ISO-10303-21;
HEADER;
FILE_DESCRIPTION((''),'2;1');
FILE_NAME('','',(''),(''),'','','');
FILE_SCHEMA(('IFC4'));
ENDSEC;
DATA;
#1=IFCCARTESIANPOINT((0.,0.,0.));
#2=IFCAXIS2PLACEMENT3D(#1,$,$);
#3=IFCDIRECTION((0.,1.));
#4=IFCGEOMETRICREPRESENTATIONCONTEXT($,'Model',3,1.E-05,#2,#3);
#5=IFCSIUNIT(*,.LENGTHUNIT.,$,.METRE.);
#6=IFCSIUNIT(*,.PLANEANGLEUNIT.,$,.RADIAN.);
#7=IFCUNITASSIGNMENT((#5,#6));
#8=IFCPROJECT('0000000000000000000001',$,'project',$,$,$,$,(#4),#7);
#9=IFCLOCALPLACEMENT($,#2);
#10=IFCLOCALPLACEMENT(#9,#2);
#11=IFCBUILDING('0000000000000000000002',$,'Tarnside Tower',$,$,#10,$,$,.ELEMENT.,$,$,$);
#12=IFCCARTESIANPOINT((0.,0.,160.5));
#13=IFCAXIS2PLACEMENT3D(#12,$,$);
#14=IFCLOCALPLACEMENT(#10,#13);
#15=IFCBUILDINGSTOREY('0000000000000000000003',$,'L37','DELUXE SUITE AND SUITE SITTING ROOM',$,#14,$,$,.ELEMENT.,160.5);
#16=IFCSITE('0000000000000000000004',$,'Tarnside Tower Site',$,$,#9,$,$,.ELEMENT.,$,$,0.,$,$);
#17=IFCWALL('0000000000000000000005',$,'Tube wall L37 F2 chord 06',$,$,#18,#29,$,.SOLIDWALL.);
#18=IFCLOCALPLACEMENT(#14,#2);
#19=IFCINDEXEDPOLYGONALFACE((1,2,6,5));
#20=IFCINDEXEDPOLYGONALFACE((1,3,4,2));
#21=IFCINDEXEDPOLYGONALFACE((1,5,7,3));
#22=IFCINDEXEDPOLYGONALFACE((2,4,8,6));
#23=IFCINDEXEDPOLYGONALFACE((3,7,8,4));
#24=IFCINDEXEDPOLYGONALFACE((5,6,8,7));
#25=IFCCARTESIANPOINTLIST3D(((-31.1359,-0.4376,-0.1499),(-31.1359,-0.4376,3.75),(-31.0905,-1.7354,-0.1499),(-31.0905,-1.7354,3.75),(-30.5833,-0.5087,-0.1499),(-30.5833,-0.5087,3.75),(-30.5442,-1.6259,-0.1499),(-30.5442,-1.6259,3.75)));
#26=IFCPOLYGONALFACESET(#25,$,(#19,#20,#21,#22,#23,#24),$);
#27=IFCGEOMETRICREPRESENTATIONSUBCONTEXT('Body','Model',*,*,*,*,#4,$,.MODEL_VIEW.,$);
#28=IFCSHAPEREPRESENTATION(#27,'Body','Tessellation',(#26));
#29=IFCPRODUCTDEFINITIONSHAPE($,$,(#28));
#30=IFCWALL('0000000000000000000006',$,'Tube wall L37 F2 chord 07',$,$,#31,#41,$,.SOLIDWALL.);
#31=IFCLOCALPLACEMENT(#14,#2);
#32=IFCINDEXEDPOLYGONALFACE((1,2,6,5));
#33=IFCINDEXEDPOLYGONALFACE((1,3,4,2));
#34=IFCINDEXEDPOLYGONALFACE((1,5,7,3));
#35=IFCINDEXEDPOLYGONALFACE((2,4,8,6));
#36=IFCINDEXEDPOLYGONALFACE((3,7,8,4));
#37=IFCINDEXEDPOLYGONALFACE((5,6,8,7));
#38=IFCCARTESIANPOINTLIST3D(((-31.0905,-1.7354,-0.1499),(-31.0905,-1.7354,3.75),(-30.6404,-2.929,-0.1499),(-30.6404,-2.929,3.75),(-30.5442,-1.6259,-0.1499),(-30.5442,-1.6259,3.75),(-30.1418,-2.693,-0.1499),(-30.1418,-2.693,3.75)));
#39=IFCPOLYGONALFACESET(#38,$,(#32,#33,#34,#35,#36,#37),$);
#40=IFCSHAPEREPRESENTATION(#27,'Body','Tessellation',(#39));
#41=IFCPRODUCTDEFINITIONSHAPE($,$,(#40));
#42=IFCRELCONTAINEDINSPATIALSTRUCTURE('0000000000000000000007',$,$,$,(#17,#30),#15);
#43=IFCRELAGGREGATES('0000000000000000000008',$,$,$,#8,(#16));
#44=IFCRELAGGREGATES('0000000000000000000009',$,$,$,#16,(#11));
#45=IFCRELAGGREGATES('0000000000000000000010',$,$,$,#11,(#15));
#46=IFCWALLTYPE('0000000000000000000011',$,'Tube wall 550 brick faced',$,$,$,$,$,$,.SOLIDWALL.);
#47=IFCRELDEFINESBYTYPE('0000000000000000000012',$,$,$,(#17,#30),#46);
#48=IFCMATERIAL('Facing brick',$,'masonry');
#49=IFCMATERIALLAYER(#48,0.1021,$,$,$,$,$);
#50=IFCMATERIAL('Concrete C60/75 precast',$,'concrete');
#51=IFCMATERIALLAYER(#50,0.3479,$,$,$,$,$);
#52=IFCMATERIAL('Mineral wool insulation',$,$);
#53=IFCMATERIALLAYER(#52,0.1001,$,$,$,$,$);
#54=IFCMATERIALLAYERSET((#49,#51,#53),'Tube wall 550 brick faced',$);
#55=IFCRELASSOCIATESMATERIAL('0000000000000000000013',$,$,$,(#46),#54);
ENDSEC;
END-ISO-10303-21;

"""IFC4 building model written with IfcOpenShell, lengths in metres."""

from ifc_helpers import new_model, si_unit, direction, frame, origin, place, context, subcontext, project, spatial, polyline, outline, extrude, material, layer, layer_set, type_object, element, save


model = new_model("IFC4")

# Units and contexts
model_context = context("Model", 3, precision=1e-05, world=origin(), true_north=direction((0.0, 1.0)))
body_context = subcontext(model_context, "Body", "Model", "MODEL_VIEW")
ifc_project = project(units=[si_unit("LENGTHUNIT", "METRE"), si_unit("PLANEANGLEUNIT", "RADIAN")], contexts=[model_context])

# Site, building, storey
site_placement = place(None, origin())
site = spatial("IfcSite", under=ifc_project, at=site_placement, Name="Tarnside Tower Site", CompositionType="ELEMENT", RefElevation=0.0)
building_placement = place(site_placement, origin())
building = spatial("IfcBuilding", under=site, at=building_placement, Name="Tarnside Tower", CompositionType="ELEMENT")
storey_placement = place(building_placement, frame((0.0, 0.0, 160.5)))
storey = spatial("IfcBuildingStorey", under=building, at=storey_placement, Name="L37", Description="DELUXE SUITE AND SUITE SITTING ROOM", CompositionType="ELEMENT", Elevation=160.5)

# Walls
ifc_material_1 = material(Name="Facing brick", Category="masonry")
ifc_layer_1 = layer(ifc_material_1, 0.1021)
ifc_material_2 = material(Name="Concrete C60/75 precast", Category="concrete")
ifc_layer_2 = layer(ifc_material_2, 0.3479)
ifc_material_3 = material(Name="Mineral wool insulation")
ifc_layer_3 = layer(ifc_material_3, 0.1001)
ifc_layer_set_1 = layer_set([ifc_layer_1, ifc_layer_2, ifc_layer_3], Name="Tube wall 550 brick faced")
wall_type_1 = type_object("IfcWallType", Name="Tube wall 550 brick faced", PredefinedType="SOLIDWALL", material=ifc_layer_set_1)
wall_1_placement = place(storey_placement, frame((-30.8596, -0.4731, -0.1499), z_axis=(0.0, 0.0, 1.0), x_axis=(0.034956, -0.999389, 0.0)))
element("IfcWall", 1, at=wall_1_placement, inside=storey, type_object=wall_type_1, Name="Tube wall L37 F2 chord 06", PredefinedType="SOLIDWALL", context=body_context, shape_type="SweptSolid", body=[
    extrude(outline(polyline([(-0.0452, -0.2749), (1.2534, -0.2749), (1.1631, 0.2749), (0.0452, 0.2749), (-0.0452, -0.2749)])), origin(), (0.0, 0.0, 1.0), 3.8999),
])
wall_2_placement = place(storey_placement, frame((-30.8174, -1.6807, -0.1499), z_axis=(0.0, 0.0, 1.0), x_axis=(0.35285, -0.93568, 0.0)))
element("IfcWall", 2, at=wall_2_placement, inside=storey, type_object=wall_type_1, Name="Tube wall L37 F2 chord 07", PredefinedType="SOLIDWALL", context=body_context, shape_type="SweptSolid", body=[
    extrude(outline(polyline([(-0.0452, -0.2749), (1.2305, -0.2749), (1.1855, 0.2749), (0.0452, 0.2749), (-0.0452, -0.2749)])), origin(), (0.0, 0.0, 1.0), 3.8999),
])

save(model, "model.ifc")
